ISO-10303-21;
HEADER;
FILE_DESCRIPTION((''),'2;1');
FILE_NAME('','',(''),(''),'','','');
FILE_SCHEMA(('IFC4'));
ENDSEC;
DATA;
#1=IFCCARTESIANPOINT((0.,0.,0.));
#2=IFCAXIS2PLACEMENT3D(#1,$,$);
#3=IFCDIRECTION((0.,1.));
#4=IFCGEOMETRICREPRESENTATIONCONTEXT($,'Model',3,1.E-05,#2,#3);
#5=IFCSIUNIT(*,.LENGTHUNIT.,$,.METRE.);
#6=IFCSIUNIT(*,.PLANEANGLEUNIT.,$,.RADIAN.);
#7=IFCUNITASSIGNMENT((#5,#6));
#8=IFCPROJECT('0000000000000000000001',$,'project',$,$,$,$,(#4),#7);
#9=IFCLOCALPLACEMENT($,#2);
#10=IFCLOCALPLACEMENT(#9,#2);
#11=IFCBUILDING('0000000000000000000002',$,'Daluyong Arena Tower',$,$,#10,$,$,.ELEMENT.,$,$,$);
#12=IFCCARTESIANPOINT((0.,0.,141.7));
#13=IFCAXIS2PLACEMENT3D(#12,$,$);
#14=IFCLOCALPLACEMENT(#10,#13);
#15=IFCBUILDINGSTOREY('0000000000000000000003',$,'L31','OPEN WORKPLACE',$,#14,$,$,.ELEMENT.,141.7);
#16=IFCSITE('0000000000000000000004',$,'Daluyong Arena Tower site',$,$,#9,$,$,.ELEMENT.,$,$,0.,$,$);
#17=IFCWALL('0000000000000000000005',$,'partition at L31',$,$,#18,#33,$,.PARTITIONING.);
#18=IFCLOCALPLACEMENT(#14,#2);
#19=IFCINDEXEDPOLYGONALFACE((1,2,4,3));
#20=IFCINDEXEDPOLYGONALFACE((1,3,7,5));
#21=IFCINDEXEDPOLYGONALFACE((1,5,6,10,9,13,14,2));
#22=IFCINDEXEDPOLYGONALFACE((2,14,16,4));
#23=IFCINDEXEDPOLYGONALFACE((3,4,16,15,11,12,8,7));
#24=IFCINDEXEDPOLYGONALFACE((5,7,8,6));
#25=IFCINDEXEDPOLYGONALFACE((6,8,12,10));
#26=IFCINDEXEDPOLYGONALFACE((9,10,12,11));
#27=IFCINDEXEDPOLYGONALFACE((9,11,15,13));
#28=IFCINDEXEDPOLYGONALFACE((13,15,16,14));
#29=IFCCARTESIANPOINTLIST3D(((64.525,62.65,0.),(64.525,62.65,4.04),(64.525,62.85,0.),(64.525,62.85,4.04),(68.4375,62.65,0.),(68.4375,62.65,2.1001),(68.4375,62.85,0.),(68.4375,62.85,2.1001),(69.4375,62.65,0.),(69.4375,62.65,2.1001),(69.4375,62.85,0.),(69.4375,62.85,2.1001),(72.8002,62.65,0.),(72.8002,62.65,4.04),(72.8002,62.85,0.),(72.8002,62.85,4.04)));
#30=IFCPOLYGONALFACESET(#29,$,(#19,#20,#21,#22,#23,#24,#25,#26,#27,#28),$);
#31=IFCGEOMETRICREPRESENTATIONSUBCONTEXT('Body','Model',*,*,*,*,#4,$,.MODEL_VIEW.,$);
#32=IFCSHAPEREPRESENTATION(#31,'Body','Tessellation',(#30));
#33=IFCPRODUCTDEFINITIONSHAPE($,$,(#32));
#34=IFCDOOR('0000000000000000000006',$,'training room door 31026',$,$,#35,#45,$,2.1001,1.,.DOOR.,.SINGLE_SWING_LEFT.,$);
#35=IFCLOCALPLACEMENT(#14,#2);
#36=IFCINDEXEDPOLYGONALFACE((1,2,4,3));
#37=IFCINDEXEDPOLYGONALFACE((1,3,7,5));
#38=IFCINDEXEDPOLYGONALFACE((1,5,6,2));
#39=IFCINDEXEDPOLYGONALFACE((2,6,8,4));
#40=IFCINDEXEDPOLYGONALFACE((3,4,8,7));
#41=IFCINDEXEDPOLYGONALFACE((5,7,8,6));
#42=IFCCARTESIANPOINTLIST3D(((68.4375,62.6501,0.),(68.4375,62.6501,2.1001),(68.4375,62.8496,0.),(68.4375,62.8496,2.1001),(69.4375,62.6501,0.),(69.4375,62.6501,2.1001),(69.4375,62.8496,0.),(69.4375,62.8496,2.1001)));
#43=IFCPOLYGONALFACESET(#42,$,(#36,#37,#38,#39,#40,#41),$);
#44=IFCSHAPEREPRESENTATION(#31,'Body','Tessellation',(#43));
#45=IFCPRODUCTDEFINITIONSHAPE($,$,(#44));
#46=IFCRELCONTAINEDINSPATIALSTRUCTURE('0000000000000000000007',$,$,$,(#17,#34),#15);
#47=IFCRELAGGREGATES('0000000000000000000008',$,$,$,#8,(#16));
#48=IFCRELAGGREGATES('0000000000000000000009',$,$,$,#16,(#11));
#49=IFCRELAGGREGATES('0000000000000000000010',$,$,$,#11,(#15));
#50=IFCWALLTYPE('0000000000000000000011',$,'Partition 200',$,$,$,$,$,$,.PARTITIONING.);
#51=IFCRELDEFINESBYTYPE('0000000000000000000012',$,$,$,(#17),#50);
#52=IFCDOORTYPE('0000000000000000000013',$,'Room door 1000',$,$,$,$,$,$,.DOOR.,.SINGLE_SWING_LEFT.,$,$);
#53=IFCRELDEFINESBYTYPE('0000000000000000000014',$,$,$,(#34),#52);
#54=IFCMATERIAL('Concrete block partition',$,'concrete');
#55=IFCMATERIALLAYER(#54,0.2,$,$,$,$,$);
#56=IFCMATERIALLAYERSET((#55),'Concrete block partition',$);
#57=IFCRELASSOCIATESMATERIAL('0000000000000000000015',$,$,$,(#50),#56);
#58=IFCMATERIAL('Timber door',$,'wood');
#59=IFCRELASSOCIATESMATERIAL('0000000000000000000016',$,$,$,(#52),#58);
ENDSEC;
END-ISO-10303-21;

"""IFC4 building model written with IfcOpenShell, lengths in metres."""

from ifc_helpers import new_model, si_unit, direction, frame, frame_2d, origin, place, context, subcontext, project, spatial, rectangle, extrude, material, layer, layer_set, type_object, element, fill, save


model = new_model("IFC4")

# Units and contexts
model_context = context("Model", 3, precision=1e-05, world=origin(), true_north=direction((0.0, 1.0)))
body_context = subcontext(model_context, "Body", "Model", "MODEL_VIEW")
ifc_project = project(units=[si_unit("LENGTHUNIT", "METRE"), si_unit("PLANEANGLEUNIT", "RADIAN")], contexts=[model_context])

# Site, building, storey
site_placement = place(None, origin())
site = spatial("IfcSite", under=ifc_project, at=site_placement, Name="Daluyong Arena Tower site", CompositionType="ELEMENT", RefElevation=0.0)
building_placement = place(site_placement, origin())
building = spatial("IfcBuilding", under=site, at=building_placement, Name="Daluyong Arena Tower", CompositionType="ELEMENT")
storey_placement = place(building_placement, frame((0.0, 0.0, 141.7)))
storey = spatial("IfcBuildingStorey", under=building, at=storey_placement, Name="L31", Description="OPEN WORKPLACE", CompositionType="ELEMENT", Elevation=141.7)

# Shared definitions
ifc_material_1 = material(Name="Concrete block partition", Category="concrete")
ifc_layer_1 = layer(ifc_material_1, 0.2)
ifc_layer_set_1 = layer_set([ifc_layer_1], Name="Concrete block partition")
wall_type_1 = type_object("IfcWallType", Name="Partition 200", PredefinedType="PARTITIONING", material=ifc_layer_set_1)

# Wall, opening, door
wall_1_placement = place(storey_placement, frame((64.5249, 62.75, 0.0), z_axis=(0.0, 0.0, 1.0), x_axis=(1.0, 0.0, 0.0)))
wall_1 = element("IfcWall", 1, at=wall_1_placement, inside=storey, type_object=wall_type_1, Name="partition at L31", PredefinedType="PARTITIONING", context=body_context, shape_type="SweptSolid", body=[
    extrude(rectangle(XDim=8.2751, YDim=0.2, at=frame_2d((4.1377, 0.0))), origin(), (0.0, 0.0, 1.0), 4.04),
])
opening_1_placement = place(wall_1_placement, frame((3.9126, 0.0, 0.0)))
opening_1 = element("IfcOpeningElement", 2, at=opening_1_placement, cuts=wall_1, PredefinedType="OPENING", context=body_context, shape_type="SweptSolid", body=[
    extrude(rectangle(XDim=1.0, YDim=2.1001, at=frame_2d((0.5, 1.05))), frame((0.0, 0.1099, 0.0), z_axis=(0.0, -1.0, 0.0), x_axis=(1.0, 0.0, 0.0)), (0.0, 0.0, 1.0), 0.22),
])
ifc_material_2 = material(Name="Timber door", Category="wood")
door_type_1 = type_object("IfcDoorType", Name="Room door 1000", OperationType="SINGLE_SWING_LEFT", PredefinedType="DOOR", material=ifc_material_2)
door_1_placement = place(opening_1_placement, origin())
door_1 = element("IfcDoor", 3, at=door_1_placement, inside=storey, type_object=door_type_1, Name="training room door 31026", OperationType="SINGLE_SWING_LEFT", OverallHeight=2.1001, OverallWidth=1.0, PredefinedType="DOOR", context=body_context, shape_type="SweptSolid", body=[
    extrude(rectangle(XDim=1.0, YDim=2.1001, at=frame_2d((0.5, 1.05))), frame((0.0, 0.0996, 0.0), z_axis=(0.0, -1.0, 0.0), x_axis=(1.0, 0.0, 0.0)), (0.0, 0.0, 1.0), 0.1995),
])
fill(opening_1, door_1)

save(model, "model.ifc")
